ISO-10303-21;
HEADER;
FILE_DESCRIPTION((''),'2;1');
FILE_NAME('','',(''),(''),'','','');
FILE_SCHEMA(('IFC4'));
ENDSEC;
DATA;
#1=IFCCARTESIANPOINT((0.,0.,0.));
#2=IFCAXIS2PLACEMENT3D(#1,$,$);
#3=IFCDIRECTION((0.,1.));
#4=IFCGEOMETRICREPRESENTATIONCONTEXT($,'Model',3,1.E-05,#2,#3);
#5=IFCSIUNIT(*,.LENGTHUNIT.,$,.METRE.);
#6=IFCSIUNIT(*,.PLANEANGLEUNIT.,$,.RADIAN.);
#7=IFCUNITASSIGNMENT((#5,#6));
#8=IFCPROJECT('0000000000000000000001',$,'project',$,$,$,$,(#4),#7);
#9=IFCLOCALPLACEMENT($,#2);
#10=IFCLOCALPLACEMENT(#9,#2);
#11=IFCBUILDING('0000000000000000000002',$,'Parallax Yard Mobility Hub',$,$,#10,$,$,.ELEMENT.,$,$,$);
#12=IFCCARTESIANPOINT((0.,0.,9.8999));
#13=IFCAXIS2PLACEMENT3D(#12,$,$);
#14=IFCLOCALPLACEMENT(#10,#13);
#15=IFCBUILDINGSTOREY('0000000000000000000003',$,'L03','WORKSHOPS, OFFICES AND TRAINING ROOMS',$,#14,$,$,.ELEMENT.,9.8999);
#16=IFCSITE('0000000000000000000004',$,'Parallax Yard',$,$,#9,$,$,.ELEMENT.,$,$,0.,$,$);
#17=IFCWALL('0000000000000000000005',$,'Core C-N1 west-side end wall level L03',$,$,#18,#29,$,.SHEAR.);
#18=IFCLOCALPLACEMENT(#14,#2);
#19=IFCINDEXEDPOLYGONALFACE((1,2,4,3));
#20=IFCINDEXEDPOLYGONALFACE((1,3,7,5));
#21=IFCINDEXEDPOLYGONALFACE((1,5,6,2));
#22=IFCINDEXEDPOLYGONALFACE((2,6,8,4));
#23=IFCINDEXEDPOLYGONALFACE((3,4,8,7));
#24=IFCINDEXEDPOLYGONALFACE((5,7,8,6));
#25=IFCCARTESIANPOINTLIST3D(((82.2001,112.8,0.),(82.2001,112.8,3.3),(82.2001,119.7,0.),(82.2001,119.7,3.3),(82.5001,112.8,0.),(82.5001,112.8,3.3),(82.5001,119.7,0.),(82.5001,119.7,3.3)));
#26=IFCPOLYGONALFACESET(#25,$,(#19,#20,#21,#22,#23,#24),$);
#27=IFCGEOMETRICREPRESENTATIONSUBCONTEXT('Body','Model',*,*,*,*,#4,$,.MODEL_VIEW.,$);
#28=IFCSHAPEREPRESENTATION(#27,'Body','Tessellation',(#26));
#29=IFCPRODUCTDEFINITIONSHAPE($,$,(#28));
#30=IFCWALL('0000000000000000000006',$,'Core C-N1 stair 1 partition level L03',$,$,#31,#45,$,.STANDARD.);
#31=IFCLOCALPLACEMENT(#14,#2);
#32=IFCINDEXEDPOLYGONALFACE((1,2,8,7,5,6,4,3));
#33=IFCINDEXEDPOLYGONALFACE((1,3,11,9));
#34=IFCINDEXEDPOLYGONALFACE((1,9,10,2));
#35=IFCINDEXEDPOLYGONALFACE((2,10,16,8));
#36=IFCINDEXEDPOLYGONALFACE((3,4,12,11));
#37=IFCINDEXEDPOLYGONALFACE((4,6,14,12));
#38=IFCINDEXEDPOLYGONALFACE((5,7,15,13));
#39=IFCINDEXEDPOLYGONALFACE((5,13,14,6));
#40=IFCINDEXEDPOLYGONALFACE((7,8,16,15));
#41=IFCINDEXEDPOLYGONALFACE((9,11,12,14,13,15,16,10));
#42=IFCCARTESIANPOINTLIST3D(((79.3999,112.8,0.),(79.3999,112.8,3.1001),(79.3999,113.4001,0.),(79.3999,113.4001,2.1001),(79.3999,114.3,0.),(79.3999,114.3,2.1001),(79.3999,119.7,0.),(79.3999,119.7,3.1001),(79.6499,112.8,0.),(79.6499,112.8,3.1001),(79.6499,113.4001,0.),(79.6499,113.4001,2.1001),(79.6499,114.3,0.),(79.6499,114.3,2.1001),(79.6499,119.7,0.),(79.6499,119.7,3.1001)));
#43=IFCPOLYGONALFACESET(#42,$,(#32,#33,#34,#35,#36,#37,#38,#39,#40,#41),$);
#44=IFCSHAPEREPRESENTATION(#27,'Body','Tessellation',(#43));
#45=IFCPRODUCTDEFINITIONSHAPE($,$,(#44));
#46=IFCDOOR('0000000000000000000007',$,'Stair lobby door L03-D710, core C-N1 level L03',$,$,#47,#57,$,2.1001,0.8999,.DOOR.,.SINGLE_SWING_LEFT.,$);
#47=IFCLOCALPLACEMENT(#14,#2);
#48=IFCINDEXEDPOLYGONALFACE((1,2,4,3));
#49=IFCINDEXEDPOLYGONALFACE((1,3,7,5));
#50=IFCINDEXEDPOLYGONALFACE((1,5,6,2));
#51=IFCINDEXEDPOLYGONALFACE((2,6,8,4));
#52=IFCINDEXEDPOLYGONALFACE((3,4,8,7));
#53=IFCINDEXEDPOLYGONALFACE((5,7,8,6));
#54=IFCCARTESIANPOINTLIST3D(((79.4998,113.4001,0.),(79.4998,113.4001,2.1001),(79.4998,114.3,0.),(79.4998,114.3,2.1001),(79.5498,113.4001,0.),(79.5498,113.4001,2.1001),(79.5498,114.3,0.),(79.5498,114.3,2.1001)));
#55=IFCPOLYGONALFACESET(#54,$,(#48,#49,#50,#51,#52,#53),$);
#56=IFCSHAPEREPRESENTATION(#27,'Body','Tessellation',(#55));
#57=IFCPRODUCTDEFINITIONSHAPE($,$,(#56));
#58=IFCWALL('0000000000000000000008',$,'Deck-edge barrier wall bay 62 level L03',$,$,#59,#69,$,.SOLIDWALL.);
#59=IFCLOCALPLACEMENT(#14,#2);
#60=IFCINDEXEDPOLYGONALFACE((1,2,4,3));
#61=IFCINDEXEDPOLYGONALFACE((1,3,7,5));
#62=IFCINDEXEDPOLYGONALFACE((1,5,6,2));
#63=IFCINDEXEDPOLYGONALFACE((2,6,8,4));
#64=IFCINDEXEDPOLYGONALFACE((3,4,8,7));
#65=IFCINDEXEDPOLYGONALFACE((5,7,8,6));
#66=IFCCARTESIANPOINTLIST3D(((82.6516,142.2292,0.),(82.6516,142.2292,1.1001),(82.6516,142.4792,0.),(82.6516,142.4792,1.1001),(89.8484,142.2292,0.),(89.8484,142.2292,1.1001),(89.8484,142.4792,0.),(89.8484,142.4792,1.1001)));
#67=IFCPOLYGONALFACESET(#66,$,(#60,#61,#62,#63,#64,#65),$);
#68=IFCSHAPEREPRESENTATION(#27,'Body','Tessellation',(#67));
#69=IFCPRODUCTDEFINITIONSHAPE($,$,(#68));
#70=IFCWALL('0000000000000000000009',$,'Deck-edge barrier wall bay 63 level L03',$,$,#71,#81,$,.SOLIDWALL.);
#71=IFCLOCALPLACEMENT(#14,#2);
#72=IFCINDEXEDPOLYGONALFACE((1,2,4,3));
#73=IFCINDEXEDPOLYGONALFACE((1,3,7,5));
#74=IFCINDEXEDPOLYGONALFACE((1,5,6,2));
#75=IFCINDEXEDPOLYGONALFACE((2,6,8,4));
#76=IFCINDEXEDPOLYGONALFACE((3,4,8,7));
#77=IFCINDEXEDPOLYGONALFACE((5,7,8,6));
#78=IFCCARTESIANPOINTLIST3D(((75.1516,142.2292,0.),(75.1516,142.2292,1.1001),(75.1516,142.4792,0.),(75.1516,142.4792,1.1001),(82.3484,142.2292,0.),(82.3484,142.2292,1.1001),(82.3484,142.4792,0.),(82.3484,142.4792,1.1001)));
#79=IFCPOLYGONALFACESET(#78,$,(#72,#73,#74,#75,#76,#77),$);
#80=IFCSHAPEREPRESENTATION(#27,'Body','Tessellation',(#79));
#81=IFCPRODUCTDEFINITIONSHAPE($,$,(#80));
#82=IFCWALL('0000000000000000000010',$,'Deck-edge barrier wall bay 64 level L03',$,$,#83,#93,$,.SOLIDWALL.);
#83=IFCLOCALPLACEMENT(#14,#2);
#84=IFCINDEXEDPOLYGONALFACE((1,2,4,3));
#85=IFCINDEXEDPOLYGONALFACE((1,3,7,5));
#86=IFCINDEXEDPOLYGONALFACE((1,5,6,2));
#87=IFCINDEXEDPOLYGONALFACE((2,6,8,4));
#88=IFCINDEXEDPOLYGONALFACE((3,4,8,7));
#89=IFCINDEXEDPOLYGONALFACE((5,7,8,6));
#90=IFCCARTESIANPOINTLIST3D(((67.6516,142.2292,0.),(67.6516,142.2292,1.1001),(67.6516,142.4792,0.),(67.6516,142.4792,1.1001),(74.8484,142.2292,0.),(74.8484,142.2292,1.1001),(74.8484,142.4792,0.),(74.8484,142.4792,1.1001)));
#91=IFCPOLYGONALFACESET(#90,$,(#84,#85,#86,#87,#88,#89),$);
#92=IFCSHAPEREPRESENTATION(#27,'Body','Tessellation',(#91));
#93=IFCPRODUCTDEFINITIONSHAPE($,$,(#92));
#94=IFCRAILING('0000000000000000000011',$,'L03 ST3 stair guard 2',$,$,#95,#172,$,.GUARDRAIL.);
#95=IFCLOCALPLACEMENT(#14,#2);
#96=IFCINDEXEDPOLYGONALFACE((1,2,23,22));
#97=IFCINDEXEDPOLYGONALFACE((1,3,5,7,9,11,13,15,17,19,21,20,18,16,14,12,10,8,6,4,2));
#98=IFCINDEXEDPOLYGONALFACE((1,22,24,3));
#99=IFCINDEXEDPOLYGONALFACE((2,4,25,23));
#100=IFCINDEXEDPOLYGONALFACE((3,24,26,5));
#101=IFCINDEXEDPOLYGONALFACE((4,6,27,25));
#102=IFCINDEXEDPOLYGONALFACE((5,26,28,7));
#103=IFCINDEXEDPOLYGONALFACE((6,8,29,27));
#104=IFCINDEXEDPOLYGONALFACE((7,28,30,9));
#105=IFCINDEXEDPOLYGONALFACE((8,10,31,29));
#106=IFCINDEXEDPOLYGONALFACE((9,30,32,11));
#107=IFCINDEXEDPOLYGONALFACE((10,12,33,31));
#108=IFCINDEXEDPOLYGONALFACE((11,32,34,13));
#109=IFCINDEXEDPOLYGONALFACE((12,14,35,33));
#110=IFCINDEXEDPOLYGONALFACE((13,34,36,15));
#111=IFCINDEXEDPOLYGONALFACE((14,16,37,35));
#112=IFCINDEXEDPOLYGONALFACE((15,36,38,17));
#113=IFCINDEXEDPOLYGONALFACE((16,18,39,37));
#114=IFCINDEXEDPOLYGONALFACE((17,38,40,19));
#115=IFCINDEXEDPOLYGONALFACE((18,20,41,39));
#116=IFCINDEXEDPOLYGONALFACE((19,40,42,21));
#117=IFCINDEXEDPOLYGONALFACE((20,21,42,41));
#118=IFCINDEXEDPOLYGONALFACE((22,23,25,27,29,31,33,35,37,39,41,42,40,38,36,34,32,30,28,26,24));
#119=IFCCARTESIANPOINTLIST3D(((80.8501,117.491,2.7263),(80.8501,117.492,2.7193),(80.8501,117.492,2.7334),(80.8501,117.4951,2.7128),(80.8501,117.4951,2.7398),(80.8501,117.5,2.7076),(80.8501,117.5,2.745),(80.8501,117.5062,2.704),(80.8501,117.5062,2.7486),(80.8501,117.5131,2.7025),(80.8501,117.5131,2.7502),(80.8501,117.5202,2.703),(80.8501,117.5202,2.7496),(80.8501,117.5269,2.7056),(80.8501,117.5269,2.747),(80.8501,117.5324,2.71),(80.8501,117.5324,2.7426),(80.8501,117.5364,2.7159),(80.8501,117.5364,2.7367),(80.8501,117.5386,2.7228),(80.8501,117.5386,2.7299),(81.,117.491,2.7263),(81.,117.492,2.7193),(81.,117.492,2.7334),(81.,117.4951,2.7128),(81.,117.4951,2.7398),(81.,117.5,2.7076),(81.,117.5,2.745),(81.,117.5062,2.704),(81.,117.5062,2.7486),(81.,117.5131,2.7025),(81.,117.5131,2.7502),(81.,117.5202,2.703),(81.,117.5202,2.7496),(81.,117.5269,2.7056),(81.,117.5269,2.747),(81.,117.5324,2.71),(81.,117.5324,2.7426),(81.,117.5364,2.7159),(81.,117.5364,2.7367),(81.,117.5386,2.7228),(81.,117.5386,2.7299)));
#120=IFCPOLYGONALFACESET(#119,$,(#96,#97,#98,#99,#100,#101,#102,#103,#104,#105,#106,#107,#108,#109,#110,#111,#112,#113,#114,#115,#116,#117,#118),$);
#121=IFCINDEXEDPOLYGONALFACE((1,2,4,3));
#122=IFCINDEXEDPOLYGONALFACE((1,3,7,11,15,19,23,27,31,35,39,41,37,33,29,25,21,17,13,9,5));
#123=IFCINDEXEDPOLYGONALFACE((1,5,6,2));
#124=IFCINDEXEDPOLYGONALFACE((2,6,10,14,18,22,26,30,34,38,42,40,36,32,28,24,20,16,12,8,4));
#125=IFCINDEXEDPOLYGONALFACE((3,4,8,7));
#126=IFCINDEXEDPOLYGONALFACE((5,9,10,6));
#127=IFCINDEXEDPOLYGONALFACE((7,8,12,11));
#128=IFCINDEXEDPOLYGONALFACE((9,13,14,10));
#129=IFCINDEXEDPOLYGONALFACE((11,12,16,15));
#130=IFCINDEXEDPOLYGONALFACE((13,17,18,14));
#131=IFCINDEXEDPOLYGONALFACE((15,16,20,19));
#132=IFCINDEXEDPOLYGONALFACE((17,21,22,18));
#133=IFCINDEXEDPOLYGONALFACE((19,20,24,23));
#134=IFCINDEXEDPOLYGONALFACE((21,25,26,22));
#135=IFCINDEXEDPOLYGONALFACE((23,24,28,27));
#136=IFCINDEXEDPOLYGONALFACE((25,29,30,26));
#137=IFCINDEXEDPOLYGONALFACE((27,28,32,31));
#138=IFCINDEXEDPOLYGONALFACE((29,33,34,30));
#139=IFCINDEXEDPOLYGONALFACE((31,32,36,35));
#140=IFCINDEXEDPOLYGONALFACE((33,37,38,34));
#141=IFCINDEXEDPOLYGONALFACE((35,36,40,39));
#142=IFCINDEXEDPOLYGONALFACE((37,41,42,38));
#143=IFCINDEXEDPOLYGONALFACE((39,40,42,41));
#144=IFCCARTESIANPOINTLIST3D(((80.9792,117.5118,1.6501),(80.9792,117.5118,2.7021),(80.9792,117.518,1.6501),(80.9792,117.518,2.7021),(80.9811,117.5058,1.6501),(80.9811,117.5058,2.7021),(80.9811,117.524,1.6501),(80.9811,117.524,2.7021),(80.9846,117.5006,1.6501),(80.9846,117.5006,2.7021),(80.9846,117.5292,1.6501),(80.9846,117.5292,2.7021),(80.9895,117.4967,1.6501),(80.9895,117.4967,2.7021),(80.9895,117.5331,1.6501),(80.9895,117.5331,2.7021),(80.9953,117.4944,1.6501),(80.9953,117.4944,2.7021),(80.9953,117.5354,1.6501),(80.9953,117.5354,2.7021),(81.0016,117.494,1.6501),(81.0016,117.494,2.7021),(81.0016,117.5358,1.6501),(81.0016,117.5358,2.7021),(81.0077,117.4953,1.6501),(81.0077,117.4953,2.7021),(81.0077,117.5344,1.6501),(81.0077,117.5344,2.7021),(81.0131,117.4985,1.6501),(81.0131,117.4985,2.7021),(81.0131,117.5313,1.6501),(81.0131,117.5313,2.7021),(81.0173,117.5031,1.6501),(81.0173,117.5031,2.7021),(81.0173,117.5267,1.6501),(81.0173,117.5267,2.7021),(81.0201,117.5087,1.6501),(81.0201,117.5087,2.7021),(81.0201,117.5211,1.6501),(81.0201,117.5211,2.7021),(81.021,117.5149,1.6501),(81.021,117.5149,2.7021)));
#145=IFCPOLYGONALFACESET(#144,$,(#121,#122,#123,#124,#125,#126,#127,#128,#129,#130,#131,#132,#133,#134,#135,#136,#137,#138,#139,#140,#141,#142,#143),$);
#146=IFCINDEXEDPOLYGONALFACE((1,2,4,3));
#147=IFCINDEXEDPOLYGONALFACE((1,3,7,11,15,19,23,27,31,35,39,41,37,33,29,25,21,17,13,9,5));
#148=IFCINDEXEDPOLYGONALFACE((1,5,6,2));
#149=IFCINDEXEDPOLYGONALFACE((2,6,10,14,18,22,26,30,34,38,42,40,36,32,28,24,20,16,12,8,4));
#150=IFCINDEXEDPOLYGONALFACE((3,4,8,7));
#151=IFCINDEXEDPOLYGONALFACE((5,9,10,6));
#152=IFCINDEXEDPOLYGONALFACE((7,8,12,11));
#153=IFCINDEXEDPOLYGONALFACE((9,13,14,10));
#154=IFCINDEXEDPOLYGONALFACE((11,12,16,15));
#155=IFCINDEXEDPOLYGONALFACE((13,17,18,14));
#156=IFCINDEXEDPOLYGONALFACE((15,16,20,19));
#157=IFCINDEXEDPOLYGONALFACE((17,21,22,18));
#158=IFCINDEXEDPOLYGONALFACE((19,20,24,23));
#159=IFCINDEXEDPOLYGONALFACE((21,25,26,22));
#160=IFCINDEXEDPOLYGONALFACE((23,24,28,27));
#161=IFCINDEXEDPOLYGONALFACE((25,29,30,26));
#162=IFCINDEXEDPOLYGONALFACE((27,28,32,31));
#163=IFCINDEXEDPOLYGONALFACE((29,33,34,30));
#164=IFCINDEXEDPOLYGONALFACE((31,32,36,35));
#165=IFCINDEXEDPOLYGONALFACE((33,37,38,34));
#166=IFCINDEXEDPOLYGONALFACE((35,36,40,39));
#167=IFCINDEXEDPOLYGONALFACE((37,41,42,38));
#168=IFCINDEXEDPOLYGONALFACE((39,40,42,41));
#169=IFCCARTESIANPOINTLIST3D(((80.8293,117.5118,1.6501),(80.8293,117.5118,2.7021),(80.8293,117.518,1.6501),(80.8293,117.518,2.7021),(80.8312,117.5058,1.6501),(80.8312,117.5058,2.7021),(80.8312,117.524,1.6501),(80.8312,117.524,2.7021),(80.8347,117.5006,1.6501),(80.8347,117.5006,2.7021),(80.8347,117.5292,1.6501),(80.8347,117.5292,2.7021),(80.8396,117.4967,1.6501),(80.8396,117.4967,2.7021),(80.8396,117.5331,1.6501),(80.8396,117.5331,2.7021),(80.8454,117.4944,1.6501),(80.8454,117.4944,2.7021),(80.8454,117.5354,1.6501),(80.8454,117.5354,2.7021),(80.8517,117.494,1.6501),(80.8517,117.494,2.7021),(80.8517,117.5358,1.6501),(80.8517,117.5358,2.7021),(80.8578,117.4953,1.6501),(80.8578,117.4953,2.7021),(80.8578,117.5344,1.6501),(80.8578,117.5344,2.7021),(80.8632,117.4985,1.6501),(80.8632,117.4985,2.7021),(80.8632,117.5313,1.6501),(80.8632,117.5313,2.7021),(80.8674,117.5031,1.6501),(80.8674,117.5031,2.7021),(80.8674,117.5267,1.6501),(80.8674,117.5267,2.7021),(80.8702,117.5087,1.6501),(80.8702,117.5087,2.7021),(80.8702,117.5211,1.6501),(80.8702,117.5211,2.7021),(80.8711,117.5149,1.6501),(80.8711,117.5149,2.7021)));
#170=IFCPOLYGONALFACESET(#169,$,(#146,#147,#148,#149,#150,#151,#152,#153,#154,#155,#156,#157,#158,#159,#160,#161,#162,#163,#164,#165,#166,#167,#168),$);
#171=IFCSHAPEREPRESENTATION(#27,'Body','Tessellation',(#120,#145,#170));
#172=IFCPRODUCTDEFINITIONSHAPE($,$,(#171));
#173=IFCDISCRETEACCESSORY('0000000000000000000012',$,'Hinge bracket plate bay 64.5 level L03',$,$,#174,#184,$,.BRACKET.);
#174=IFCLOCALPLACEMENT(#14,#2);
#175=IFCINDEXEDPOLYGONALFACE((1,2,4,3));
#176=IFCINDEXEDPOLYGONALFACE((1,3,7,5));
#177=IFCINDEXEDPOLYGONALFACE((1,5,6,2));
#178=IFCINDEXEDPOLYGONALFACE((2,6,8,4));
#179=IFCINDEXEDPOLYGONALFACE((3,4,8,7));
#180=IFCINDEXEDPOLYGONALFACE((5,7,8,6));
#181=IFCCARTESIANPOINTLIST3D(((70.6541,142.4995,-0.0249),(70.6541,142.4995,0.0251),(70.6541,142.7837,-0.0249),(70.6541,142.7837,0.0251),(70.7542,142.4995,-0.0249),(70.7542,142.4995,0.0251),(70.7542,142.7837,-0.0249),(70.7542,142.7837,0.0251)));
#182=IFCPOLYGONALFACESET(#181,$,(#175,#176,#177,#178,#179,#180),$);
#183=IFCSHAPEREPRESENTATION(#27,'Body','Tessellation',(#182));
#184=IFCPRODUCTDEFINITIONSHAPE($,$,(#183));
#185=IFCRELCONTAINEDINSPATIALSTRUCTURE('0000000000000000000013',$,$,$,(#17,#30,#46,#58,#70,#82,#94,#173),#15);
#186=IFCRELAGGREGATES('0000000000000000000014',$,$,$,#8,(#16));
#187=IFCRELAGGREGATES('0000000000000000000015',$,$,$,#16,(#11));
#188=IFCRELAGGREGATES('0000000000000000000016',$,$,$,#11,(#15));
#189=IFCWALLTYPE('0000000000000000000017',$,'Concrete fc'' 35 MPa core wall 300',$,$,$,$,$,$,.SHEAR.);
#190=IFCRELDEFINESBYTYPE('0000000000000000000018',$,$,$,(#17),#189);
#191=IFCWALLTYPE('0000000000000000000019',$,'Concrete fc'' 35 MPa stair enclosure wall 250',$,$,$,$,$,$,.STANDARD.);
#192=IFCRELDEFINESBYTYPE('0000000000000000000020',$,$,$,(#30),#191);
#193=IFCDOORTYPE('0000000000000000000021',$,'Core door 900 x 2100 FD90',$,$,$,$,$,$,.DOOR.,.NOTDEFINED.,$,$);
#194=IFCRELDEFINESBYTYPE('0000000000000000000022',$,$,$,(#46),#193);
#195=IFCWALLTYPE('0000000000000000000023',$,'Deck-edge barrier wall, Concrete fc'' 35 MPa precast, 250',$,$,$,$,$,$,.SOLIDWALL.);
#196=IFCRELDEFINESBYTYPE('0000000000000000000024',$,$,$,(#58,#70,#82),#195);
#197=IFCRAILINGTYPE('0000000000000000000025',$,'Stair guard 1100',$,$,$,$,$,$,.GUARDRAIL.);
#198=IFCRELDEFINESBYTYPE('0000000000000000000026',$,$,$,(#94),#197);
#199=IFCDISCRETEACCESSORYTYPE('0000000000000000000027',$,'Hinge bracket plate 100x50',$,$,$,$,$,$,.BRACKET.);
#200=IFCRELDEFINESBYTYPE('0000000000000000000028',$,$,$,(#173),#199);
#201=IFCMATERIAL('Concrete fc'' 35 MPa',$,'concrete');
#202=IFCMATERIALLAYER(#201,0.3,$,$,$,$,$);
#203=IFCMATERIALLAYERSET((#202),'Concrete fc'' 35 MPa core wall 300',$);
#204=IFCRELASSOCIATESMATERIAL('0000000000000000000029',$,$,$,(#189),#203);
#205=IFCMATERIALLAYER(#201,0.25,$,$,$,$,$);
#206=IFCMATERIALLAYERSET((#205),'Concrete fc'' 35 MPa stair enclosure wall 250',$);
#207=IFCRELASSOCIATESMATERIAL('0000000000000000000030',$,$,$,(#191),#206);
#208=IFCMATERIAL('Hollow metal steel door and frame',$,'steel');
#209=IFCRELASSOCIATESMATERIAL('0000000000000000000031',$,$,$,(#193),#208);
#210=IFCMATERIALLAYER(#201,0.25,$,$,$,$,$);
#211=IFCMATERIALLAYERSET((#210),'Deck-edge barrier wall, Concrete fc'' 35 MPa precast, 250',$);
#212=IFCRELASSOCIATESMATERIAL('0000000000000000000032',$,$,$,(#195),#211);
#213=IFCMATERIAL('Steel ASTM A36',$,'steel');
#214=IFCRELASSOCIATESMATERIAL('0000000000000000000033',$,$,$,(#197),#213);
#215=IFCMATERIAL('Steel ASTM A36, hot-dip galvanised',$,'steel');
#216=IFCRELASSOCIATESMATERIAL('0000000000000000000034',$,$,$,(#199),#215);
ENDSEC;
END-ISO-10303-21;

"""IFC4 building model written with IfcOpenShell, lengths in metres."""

from ifc_helpers import new_model, si_unit, direction, frame, frame_2d, origin, origin_2d, place, context, subcontext, project, spatial, rectangle, circle, extrude, material, layer, layer_set, type_object, element, fill, save


model = new_model("IFC4")

# Units and contexts
model_context = context("Model", 3, precision=1e-05, world=origin(), true_north=direction((0.0, 1.0)))
body_context = subcontext(model_context, "Body", "Model", "MODEL_VIEW")
ifc_project = project(units=[si_unit("LENGTHUNIT", "METRE"), si_unit("PLANEANGLEUNIT", "RADIAN")], contexts=[model_context])

# Site, building, storey
site_placement = place(None, origin())
site = spatial("IfcSite", under=ifc_project, at=site_placement, Name="Parallax Yard", CompositionType="ELEMENT", RefElevation=0.0)
building_placement = place(site_placement, origin())
building = spatial("IfcBuilding", under=site, at=building_placement, Name="Parallax Yard Mobility Hub", CompositionType="ELEMENT")
storey_placement = place(building_placement, frame((0.0, 0.0, 9.8999)))
storey = spatial("IfcBuildingStorey", under=building, at=storey_placement, Name="L03", Description="WORKSHOPS, OFFICES AND TRAINING ROOMS", CompositionType="ELEMENT", Elevation=9.8999)

# Wall
ifc_material_1 = material(Name="Concrete fc' 35 MPa", Category="concrete")
ifc_layer_1 = layer(ifc_material_1, 0.3)
ifc_layer_set_1 = layer_set([ifc_layer_1], Name="Concrete fc' 35 MPa core wall 300")
wall_type_1 = type_object("IfcWallType", Name="Concrete fc' 35 MPa core wall 300", PredefinedType="SHEAR", material=ifc_layer_set_1)
wall_1_placement = place(storey_placement, frame((82.3501, 119.7, 0.0), z_axis=(0.0, 0.0, 1.0), x_axis=(0.0, -1.0, 0.0)))
element("IfcWall", 1, at=wall_1_placement, inside=storey, type_object=wall_type_1, Name="Core C-N1 west-side end wall level L03", PredefinedType="SHEAR", context=body_context, shape_type="SweptSolid", body=[
    extrude(rectangle(XDim=6.8999, YDim=0.3, at=frame_2d((3.45, 0.0))), origin(), (0.0, 0.0, 1.0), 3.3),
])

# Wall, opening, door
ifc_layer_2 = layer(ifc_material_1, 0.25)
ifc_layer_set_2 = layer_set([ifc_layer_2], Name="Concrete fc' 35 MPa stair enclosure wall 250")
wall_type_2 = type_object("IfcWallType", Name="Concrete fc' 35 MPa stair enclosure wall 250", PredefinedType="STANDARD", material=ifc_layer_set_2)
wall_2_placement = place(storey_placement, frame((79.5249, 119.7, 0.0), z_axis=(0.0, 0.0, 1.0), x_axis=(0.0, -1.0, 0.0)))
wall_2 = element("IfcWall", 2, at=wall_2_placement, inside=storey, type_object=wall_type_2, Name="Core C-N1 stair 1 partition level L03", PredefinedType="STANDARD", context=body_context, shape_type="SweptSolid", body=[
    extrude(rectangle(XDim=6.8999, YDim=0.25, at=frame_2d((3.45, 0.0))), origin(), (0.0, 0.0, 1.0), 3.1001),
])
opening_placement = place(wall_2_placement, frame((5.3999, 0.0, 0.0)))
opening = element("IfcOpeningElement", 3, at=opening_placement, cuts=wall_2, PredefinedType="OPENING", context=body_context, shape_type="SweptSolid", body=[
    extrude(rectangle(XDim=0.8999, YDim=2.1001, at=frame_2d((0.45, 1.05))), frame((0.0, 0.135, 0.0), z_axis=(0.0, -1.0, 0.0), x_axis=(1.0, 0.0, 0.0)), (0.0, 0.0, 1.0), 0.27),
])
ifc_material_2 = material(Name="Hollow metal steel door and frame", Category="steel")
door_type = type_object("IfcDoorType", Name="Core door 900 x 2100 FD90", OperationType="NOTDEFINED", PredefinedType="DOOR", material=ifc_material_2)
door_placement = place(opening_placement, origin())
door = element("IfcDoor", 4, at=door_placement, inside=storey, type_object=door_type, Name="Stair lobby door L03-D710, core C-N1 level L03", OperationType="SINGLE_SWING_LEFT", OverallHeight=2.1001, OverallWidth=0.8999, PredefinedType="DOOR", context=body_context, shape_type="SweptSolid", body=[
    extrude(rectangle(XDim=0.8999, YDim=2.1001, at=frame_2d((0.45, 1.05))), frame((0.0, 0.0249, 0.0), z_axis=(0.0, -1.0, 0.0), x_axis=(1.0, 0.0, 0.0)), (0.0, 0.0, 1.0), 0.05),
])
fill(opening, door)

# Walls
ifc_layer_3 = layer(ifc_material_1, 0.25)
ifc_layer_set_3 = layer_set([ifc_layer_3], Name="Deck-edge barrier wall, Concrete fc' 35 MPa precast, 250")
wall_type_3 = type_object("IfcWallType", Name="Deck-edge barrier wall, Concrete fc' 35 MPa precast, 250", PredefinedType="SOLIDWALL", material=ifc_layer_set_3)
for number, where, z_axis, x_axis, name in (
    (5, (89.8484, 142.3542, 0.0), (0.0, 0.0, 1.0), (-1.0, 0.0, 0.0), "Deck-edge barrier wall bay 62 level L03"),
    (6, (82.3484, 142.3542, 0.0), (0.0, 0.0, 1.0), (-1.0, 0.0, 0.0), "Deck-edge barrier wall bay 63 level L03"),
    (7, (74.8484, 142.3542, 0.0), (0.0, 0.0, 1.0), (-1.0, 0.0, 0.0), "Deck-edge barrier wall bay 64 level L03"),
):
    element("IfcWall", number, at=place(storey_placement, frame(where, z_axis=z_axis, x_axis=x_axis)), inside=storey, type_object=wall_type_3, Name=name, PredefinedType="SOLIDWALL", context=body_context, shape_type="SweptSolid", body=[
        extrude(rectangle(XDim=7.1968, YDim=0.25, at=frame_2d((3.5984, 0.0))), origin(), (0.0, 0.0, 1.0), 1.1001),
    ])

# Railing
ifc_material_3 = material(Name="Steel ASTM A36", Category="steel")
railing_type = type_object("IfcRailingType", Name="Stair guard 1100", PredefinedType="GUARDRAIL", material=ifc_material_3)
railing_placement = place(storey_placement, frame((81.0, 117.5149, 1.6501)))
element("IfcRailing", 8, at=railing_placement, inside=storey, type_object=railing_type, Name="L03 ST3 stair guard 2", PredefinedType="GUARDRAIL", context=body_context, shape_type="SweptSolid", body=[
    extrude(circle(Radius=0.0239, at=origin_2d()), frame((0.0, 0.0, 1.0762), z_axis=(-1.0, 0.0, 0.0), x_axis=(0.0, -1.0, 0.0)), (0.0, 0.0, 1.0), 0.1499),
    extrude(circle(Radius=0.021, at=origin_2d()), origin(), (0.0, 0.0, 1.0), 1.052),
    extrude(circle(Radius=0.021, at=origin_2d()), frame((-0.1499, 0.0, 0.0)), (0.0, 0.0, 1.0), 1.052),
])

# Discrete accessory
ifc_material_4 = material(Name="Steel ASTM A36, hot-dip galvanised", Category="steel")
discrete_accessory_type = type_object("IfcDiscreteAccessoryType", Name="Hinge bracket plate 100x50", PredefinedType="BRACKET", material=ifc_material_4)
discrete_accessory_placement = place(storey_placement, frame((70.7041, 142.6416, -0.0249), z_axis=(0.0, 0.0, 1.0), x_axis=(0.0, 1.0, 0.0)))
element("IfcDiscreteAccessory", 9, at=discrete_accessory_placement, inside=storey, type_object=discrete_accessory_type, Name="Hinge bracket plate bay 64.5 level L03", PredefinedType="BRACKET", context=body_context, shape_type="SweptSolid", body=[
    extrude(rectangle(XDim=0.2842, YDim=0.1001, at=origin_2d()), origin(), (0.0, 0.0, 1.0), 0.05),
])

save(model, "model.ifc")
